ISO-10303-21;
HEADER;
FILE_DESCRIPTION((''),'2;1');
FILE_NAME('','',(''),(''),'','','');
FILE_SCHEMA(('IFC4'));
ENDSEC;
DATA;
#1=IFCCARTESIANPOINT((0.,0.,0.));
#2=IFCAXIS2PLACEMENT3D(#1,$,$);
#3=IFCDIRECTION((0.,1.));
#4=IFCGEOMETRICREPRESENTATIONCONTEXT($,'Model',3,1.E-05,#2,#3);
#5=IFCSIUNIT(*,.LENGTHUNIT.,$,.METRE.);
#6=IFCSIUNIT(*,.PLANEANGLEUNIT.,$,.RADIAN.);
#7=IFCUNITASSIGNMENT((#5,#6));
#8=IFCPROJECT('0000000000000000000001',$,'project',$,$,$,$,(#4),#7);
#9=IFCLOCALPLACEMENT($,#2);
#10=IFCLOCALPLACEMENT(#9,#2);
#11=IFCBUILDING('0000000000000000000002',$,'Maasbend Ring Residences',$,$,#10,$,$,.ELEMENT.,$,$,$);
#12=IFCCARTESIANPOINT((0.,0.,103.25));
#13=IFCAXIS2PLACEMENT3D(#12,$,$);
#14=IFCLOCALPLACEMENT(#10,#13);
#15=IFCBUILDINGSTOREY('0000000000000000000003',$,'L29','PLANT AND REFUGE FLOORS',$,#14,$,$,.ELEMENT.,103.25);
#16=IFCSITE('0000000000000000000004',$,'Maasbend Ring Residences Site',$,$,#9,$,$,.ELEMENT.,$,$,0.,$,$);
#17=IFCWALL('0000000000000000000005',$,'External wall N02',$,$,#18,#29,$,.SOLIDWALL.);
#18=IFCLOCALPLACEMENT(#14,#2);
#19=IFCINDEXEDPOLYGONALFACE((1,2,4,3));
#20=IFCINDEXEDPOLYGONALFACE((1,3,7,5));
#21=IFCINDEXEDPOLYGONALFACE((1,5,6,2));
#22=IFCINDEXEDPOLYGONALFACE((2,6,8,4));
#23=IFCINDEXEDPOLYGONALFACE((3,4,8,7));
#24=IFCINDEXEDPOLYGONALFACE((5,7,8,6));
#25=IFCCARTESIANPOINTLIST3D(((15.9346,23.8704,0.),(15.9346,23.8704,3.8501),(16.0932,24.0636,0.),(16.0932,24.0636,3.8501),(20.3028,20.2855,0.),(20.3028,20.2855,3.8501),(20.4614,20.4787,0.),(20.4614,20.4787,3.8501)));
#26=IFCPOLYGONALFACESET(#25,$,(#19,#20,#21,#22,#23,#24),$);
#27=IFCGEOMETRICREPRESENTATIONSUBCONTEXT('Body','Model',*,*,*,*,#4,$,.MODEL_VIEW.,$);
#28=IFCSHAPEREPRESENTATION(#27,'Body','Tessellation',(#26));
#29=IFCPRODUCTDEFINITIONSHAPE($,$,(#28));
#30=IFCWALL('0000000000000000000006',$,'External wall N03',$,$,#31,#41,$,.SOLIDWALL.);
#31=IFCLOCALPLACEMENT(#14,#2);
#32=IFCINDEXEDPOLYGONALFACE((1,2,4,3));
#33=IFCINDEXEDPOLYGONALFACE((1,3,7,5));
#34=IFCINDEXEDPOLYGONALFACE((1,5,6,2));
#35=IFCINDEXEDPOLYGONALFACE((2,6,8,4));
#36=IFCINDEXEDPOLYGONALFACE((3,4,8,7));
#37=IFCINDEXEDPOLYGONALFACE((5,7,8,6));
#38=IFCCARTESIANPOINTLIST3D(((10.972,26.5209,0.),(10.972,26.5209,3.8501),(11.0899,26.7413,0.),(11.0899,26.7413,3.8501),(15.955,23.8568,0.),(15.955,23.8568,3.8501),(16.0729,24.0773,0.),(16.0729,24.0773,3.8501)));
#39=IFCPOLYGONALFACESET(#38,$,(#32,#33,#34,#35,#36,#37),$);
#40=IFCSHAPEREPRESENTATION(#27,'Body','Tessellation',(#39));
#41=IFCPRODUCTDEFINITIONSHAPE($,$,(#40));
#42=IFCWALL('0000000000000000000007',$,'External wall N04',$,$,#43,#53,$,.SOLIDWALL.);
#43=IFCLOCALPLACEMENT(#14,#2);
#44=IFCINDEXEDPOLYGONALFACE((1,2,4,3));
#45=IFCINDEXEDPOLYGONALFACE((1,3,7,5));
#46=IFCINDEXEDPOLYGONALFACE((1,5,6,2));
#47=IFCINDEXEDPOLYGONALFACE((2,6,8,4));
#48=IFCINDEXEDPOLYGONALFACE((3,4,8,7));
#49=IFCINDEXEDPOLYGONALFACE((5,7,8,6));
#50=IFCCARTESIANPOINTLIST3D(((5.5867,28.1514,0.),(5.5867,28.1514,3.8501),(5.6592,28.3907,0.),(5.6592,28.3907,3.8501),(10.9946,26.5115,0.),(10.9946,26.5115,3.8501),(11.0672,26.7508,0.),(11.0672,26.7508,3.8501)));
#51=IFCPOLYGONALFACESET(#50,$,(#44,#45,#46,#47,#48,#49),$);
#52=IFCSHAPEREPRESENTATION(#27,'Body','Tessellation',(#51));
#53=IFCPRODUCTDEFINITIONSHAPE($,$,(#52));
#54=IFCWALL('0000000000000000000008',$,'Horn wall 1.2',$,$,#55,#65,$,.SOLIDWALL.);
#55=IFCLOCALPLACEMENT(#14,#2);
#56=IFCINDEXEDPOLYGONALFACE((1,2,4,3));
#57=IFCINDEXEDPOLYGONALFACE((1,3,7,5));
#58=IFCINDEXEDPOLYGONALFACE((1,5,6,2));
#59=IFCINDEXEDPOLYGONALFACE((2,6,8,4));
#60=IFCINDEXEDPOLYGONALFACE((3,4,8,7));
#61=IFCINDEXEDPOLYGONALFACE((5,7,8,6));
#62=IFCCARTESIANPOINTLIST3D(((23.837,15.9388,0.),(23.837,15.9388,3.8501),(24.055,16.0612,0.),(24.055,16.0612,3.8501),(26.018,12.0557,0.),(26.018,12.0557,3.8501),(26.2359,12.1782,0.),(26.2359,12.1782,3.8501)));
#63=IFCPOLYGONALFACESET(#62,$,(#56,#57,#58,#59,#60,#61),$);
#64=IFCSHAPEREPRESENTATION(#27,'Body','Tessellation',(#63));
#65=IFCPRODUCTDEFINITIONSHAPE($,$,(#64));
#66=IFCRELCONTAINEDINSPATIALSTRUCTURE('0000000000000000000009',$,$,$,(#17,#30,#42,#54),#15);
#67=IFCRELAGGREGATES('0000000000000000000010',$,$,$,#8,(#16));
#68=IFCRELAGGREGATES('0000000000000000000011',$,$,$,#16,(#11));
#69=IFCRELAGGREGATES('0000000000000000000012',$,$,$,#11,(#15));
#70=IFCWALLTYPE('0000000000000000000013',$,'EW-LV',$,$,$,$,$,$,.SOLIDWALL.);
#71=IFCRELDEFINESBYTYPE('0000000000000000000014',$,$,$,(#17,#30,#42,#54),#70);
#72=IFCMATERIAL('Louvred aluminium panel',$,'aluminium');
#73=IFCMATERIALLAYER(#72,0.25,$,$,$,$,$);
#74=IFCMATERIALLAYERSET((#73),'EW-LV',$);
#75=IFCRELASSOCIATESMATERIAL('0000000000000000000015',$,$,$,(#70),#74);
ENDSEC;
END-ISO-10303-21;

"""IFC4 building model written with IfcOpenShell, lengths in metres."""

from ifc_helpers import new_model, si_unit, direction, frame, frame_2d, origin, place, context, subcontext, project, spatial, rectangle, extrude, material, layer, layer_set, type_object, element, save


model = new_model("IFC4")

# Units and contexts
model_context = context("Model", 3, precision=1e-05, world=origin(), true_north=direction((0.0, 1.0)))
body_context = subcontext(model_context, "Body", "Model", "MODEL_VIEW")
ifc_project = project(units=[si_unit("LENGTHUNIT", "METRE"), si_unit("PLANEANGLEUNIT", "RADIAN")], contexts=[model_context])

# Site, building, storey
site_placement = place(None, origin())
site = spatial("IfcSite", under=ifc_project, at=site_placement, Name="Maasbend Ring Residences Site", CompositionType="ELEMENT", RefElevation=0.0)
building_placement = place(site_placement, origin())
building = spatial("IfcBuilding", under=site, at=building_placement, Name="Maasbend Ring Residences", CompositionType="ELEMENT")
storey_placement = place(building_placement, frame((0.0, 0.0, 103.25)))
storey = spatial("IfcBuildingStorey", under=building, at=storey_placement, Name="L29", Description="PLANT AND REFUGE FLOORS", CompositionType="ELEMENT", Elevation=103.25)

# Walls
ifc_material_1 = material(Name="Louvred aluminium panel", Category="aluminium")
ifc_layer_1 = layer(ifc_material_1, 0.25)
ifc_layer_set_1 = layer_set([ifc_layer_1], Name="EW-LV")
wall_type_1 = type_object("IfcWallType", Name="EW-LV", PredefinedType="SOLIDWALL", material=ifc_layer_set_1)
for number, where, z_axis, x_axis, name in (
    (1, (20.3821, 20.3821, 0.0), (0.0, 0.0, 1.0), (-0.773002, 0.634404, 0.0), "External wall N02"),
):
    element("IfcWall", number, at=place(storey_placement, frame(where, z_axis=z_axis, x_axis=x_axis)), inside=storey, type_object=wall_type_1, Name=name, PredefinedType="SOLIDWALL", context=body_context, shape_type="SweptSolid", body=[
        extrude(rectangle(XDim=5.6509, YDim=0.25, at=frame_2d((2.8254, 0.0))), origin(), (0.0, 0.0, 1.0), 3.8501),
    ])
wall_1_placement = place(storey_placement, frame((16.0139, 23.967, 0.0), z_axis=(0.0, 0.0, 1.0), x_axis=(-0.881874, 0.471485, 0.0)))
element("IfcWall", 2, at=wall_1_placement, inside=storey, type_object=wall_type_1, Name="External wall N03", PredefinedType="SOLIDWALL", context=body_context, shape_type="SweptSolid", body=[
    extrude(rectangle(XDim=5.6504, YDim=0.25, at=frame_2d((2.8252, 0.0))), origin(), (0.0, 0.0, 1.0), 3.8501),
])
wall_2_placement = place(storey_placement, frame((11.031, 26.6311, 0.0), z_axis=(0.0, 0.0, 1.0), x_axis=(-0.95697, 0.290188, 0.0)))
element("IfcWall", 3, at=wall_2_placement, inside=storey, type_object=wall_type_1, Name="External wall N04", PredefinedType="SOLIDWALL", context=body_context, shape_type="SweptSolid", body=[
    extrude(rectangle(XDim=5.6511, YDim=0.25, at=frame_2d((2.8257, 0.0))), origin(), (0.0, 0.0, 1.0), 3.8501),
])
wall_3_placement = place(storey_placement, frame((26.127, 12.1169, 0.0), z_axis=(0.0, 0.0, 1.0), x_axis=(-0.489696, 0.871893, 0.0)))
element("IfcWall", 4, at=wall_3_placement, inside=storey, type_object=wall_type_1, Name="Horn wall 1.2", PredefinedType="SOLIDWALL", context=body_context, shape_type="SweptSolid", body=[
    extrude(rectangle(XDim=4.4536, YDim=0.25, at=frame_2d((2.2268, 0.0))), origin(), (0.0, 0.0, 1.0), 3.8501),
])

save(model, "model.ifc")
